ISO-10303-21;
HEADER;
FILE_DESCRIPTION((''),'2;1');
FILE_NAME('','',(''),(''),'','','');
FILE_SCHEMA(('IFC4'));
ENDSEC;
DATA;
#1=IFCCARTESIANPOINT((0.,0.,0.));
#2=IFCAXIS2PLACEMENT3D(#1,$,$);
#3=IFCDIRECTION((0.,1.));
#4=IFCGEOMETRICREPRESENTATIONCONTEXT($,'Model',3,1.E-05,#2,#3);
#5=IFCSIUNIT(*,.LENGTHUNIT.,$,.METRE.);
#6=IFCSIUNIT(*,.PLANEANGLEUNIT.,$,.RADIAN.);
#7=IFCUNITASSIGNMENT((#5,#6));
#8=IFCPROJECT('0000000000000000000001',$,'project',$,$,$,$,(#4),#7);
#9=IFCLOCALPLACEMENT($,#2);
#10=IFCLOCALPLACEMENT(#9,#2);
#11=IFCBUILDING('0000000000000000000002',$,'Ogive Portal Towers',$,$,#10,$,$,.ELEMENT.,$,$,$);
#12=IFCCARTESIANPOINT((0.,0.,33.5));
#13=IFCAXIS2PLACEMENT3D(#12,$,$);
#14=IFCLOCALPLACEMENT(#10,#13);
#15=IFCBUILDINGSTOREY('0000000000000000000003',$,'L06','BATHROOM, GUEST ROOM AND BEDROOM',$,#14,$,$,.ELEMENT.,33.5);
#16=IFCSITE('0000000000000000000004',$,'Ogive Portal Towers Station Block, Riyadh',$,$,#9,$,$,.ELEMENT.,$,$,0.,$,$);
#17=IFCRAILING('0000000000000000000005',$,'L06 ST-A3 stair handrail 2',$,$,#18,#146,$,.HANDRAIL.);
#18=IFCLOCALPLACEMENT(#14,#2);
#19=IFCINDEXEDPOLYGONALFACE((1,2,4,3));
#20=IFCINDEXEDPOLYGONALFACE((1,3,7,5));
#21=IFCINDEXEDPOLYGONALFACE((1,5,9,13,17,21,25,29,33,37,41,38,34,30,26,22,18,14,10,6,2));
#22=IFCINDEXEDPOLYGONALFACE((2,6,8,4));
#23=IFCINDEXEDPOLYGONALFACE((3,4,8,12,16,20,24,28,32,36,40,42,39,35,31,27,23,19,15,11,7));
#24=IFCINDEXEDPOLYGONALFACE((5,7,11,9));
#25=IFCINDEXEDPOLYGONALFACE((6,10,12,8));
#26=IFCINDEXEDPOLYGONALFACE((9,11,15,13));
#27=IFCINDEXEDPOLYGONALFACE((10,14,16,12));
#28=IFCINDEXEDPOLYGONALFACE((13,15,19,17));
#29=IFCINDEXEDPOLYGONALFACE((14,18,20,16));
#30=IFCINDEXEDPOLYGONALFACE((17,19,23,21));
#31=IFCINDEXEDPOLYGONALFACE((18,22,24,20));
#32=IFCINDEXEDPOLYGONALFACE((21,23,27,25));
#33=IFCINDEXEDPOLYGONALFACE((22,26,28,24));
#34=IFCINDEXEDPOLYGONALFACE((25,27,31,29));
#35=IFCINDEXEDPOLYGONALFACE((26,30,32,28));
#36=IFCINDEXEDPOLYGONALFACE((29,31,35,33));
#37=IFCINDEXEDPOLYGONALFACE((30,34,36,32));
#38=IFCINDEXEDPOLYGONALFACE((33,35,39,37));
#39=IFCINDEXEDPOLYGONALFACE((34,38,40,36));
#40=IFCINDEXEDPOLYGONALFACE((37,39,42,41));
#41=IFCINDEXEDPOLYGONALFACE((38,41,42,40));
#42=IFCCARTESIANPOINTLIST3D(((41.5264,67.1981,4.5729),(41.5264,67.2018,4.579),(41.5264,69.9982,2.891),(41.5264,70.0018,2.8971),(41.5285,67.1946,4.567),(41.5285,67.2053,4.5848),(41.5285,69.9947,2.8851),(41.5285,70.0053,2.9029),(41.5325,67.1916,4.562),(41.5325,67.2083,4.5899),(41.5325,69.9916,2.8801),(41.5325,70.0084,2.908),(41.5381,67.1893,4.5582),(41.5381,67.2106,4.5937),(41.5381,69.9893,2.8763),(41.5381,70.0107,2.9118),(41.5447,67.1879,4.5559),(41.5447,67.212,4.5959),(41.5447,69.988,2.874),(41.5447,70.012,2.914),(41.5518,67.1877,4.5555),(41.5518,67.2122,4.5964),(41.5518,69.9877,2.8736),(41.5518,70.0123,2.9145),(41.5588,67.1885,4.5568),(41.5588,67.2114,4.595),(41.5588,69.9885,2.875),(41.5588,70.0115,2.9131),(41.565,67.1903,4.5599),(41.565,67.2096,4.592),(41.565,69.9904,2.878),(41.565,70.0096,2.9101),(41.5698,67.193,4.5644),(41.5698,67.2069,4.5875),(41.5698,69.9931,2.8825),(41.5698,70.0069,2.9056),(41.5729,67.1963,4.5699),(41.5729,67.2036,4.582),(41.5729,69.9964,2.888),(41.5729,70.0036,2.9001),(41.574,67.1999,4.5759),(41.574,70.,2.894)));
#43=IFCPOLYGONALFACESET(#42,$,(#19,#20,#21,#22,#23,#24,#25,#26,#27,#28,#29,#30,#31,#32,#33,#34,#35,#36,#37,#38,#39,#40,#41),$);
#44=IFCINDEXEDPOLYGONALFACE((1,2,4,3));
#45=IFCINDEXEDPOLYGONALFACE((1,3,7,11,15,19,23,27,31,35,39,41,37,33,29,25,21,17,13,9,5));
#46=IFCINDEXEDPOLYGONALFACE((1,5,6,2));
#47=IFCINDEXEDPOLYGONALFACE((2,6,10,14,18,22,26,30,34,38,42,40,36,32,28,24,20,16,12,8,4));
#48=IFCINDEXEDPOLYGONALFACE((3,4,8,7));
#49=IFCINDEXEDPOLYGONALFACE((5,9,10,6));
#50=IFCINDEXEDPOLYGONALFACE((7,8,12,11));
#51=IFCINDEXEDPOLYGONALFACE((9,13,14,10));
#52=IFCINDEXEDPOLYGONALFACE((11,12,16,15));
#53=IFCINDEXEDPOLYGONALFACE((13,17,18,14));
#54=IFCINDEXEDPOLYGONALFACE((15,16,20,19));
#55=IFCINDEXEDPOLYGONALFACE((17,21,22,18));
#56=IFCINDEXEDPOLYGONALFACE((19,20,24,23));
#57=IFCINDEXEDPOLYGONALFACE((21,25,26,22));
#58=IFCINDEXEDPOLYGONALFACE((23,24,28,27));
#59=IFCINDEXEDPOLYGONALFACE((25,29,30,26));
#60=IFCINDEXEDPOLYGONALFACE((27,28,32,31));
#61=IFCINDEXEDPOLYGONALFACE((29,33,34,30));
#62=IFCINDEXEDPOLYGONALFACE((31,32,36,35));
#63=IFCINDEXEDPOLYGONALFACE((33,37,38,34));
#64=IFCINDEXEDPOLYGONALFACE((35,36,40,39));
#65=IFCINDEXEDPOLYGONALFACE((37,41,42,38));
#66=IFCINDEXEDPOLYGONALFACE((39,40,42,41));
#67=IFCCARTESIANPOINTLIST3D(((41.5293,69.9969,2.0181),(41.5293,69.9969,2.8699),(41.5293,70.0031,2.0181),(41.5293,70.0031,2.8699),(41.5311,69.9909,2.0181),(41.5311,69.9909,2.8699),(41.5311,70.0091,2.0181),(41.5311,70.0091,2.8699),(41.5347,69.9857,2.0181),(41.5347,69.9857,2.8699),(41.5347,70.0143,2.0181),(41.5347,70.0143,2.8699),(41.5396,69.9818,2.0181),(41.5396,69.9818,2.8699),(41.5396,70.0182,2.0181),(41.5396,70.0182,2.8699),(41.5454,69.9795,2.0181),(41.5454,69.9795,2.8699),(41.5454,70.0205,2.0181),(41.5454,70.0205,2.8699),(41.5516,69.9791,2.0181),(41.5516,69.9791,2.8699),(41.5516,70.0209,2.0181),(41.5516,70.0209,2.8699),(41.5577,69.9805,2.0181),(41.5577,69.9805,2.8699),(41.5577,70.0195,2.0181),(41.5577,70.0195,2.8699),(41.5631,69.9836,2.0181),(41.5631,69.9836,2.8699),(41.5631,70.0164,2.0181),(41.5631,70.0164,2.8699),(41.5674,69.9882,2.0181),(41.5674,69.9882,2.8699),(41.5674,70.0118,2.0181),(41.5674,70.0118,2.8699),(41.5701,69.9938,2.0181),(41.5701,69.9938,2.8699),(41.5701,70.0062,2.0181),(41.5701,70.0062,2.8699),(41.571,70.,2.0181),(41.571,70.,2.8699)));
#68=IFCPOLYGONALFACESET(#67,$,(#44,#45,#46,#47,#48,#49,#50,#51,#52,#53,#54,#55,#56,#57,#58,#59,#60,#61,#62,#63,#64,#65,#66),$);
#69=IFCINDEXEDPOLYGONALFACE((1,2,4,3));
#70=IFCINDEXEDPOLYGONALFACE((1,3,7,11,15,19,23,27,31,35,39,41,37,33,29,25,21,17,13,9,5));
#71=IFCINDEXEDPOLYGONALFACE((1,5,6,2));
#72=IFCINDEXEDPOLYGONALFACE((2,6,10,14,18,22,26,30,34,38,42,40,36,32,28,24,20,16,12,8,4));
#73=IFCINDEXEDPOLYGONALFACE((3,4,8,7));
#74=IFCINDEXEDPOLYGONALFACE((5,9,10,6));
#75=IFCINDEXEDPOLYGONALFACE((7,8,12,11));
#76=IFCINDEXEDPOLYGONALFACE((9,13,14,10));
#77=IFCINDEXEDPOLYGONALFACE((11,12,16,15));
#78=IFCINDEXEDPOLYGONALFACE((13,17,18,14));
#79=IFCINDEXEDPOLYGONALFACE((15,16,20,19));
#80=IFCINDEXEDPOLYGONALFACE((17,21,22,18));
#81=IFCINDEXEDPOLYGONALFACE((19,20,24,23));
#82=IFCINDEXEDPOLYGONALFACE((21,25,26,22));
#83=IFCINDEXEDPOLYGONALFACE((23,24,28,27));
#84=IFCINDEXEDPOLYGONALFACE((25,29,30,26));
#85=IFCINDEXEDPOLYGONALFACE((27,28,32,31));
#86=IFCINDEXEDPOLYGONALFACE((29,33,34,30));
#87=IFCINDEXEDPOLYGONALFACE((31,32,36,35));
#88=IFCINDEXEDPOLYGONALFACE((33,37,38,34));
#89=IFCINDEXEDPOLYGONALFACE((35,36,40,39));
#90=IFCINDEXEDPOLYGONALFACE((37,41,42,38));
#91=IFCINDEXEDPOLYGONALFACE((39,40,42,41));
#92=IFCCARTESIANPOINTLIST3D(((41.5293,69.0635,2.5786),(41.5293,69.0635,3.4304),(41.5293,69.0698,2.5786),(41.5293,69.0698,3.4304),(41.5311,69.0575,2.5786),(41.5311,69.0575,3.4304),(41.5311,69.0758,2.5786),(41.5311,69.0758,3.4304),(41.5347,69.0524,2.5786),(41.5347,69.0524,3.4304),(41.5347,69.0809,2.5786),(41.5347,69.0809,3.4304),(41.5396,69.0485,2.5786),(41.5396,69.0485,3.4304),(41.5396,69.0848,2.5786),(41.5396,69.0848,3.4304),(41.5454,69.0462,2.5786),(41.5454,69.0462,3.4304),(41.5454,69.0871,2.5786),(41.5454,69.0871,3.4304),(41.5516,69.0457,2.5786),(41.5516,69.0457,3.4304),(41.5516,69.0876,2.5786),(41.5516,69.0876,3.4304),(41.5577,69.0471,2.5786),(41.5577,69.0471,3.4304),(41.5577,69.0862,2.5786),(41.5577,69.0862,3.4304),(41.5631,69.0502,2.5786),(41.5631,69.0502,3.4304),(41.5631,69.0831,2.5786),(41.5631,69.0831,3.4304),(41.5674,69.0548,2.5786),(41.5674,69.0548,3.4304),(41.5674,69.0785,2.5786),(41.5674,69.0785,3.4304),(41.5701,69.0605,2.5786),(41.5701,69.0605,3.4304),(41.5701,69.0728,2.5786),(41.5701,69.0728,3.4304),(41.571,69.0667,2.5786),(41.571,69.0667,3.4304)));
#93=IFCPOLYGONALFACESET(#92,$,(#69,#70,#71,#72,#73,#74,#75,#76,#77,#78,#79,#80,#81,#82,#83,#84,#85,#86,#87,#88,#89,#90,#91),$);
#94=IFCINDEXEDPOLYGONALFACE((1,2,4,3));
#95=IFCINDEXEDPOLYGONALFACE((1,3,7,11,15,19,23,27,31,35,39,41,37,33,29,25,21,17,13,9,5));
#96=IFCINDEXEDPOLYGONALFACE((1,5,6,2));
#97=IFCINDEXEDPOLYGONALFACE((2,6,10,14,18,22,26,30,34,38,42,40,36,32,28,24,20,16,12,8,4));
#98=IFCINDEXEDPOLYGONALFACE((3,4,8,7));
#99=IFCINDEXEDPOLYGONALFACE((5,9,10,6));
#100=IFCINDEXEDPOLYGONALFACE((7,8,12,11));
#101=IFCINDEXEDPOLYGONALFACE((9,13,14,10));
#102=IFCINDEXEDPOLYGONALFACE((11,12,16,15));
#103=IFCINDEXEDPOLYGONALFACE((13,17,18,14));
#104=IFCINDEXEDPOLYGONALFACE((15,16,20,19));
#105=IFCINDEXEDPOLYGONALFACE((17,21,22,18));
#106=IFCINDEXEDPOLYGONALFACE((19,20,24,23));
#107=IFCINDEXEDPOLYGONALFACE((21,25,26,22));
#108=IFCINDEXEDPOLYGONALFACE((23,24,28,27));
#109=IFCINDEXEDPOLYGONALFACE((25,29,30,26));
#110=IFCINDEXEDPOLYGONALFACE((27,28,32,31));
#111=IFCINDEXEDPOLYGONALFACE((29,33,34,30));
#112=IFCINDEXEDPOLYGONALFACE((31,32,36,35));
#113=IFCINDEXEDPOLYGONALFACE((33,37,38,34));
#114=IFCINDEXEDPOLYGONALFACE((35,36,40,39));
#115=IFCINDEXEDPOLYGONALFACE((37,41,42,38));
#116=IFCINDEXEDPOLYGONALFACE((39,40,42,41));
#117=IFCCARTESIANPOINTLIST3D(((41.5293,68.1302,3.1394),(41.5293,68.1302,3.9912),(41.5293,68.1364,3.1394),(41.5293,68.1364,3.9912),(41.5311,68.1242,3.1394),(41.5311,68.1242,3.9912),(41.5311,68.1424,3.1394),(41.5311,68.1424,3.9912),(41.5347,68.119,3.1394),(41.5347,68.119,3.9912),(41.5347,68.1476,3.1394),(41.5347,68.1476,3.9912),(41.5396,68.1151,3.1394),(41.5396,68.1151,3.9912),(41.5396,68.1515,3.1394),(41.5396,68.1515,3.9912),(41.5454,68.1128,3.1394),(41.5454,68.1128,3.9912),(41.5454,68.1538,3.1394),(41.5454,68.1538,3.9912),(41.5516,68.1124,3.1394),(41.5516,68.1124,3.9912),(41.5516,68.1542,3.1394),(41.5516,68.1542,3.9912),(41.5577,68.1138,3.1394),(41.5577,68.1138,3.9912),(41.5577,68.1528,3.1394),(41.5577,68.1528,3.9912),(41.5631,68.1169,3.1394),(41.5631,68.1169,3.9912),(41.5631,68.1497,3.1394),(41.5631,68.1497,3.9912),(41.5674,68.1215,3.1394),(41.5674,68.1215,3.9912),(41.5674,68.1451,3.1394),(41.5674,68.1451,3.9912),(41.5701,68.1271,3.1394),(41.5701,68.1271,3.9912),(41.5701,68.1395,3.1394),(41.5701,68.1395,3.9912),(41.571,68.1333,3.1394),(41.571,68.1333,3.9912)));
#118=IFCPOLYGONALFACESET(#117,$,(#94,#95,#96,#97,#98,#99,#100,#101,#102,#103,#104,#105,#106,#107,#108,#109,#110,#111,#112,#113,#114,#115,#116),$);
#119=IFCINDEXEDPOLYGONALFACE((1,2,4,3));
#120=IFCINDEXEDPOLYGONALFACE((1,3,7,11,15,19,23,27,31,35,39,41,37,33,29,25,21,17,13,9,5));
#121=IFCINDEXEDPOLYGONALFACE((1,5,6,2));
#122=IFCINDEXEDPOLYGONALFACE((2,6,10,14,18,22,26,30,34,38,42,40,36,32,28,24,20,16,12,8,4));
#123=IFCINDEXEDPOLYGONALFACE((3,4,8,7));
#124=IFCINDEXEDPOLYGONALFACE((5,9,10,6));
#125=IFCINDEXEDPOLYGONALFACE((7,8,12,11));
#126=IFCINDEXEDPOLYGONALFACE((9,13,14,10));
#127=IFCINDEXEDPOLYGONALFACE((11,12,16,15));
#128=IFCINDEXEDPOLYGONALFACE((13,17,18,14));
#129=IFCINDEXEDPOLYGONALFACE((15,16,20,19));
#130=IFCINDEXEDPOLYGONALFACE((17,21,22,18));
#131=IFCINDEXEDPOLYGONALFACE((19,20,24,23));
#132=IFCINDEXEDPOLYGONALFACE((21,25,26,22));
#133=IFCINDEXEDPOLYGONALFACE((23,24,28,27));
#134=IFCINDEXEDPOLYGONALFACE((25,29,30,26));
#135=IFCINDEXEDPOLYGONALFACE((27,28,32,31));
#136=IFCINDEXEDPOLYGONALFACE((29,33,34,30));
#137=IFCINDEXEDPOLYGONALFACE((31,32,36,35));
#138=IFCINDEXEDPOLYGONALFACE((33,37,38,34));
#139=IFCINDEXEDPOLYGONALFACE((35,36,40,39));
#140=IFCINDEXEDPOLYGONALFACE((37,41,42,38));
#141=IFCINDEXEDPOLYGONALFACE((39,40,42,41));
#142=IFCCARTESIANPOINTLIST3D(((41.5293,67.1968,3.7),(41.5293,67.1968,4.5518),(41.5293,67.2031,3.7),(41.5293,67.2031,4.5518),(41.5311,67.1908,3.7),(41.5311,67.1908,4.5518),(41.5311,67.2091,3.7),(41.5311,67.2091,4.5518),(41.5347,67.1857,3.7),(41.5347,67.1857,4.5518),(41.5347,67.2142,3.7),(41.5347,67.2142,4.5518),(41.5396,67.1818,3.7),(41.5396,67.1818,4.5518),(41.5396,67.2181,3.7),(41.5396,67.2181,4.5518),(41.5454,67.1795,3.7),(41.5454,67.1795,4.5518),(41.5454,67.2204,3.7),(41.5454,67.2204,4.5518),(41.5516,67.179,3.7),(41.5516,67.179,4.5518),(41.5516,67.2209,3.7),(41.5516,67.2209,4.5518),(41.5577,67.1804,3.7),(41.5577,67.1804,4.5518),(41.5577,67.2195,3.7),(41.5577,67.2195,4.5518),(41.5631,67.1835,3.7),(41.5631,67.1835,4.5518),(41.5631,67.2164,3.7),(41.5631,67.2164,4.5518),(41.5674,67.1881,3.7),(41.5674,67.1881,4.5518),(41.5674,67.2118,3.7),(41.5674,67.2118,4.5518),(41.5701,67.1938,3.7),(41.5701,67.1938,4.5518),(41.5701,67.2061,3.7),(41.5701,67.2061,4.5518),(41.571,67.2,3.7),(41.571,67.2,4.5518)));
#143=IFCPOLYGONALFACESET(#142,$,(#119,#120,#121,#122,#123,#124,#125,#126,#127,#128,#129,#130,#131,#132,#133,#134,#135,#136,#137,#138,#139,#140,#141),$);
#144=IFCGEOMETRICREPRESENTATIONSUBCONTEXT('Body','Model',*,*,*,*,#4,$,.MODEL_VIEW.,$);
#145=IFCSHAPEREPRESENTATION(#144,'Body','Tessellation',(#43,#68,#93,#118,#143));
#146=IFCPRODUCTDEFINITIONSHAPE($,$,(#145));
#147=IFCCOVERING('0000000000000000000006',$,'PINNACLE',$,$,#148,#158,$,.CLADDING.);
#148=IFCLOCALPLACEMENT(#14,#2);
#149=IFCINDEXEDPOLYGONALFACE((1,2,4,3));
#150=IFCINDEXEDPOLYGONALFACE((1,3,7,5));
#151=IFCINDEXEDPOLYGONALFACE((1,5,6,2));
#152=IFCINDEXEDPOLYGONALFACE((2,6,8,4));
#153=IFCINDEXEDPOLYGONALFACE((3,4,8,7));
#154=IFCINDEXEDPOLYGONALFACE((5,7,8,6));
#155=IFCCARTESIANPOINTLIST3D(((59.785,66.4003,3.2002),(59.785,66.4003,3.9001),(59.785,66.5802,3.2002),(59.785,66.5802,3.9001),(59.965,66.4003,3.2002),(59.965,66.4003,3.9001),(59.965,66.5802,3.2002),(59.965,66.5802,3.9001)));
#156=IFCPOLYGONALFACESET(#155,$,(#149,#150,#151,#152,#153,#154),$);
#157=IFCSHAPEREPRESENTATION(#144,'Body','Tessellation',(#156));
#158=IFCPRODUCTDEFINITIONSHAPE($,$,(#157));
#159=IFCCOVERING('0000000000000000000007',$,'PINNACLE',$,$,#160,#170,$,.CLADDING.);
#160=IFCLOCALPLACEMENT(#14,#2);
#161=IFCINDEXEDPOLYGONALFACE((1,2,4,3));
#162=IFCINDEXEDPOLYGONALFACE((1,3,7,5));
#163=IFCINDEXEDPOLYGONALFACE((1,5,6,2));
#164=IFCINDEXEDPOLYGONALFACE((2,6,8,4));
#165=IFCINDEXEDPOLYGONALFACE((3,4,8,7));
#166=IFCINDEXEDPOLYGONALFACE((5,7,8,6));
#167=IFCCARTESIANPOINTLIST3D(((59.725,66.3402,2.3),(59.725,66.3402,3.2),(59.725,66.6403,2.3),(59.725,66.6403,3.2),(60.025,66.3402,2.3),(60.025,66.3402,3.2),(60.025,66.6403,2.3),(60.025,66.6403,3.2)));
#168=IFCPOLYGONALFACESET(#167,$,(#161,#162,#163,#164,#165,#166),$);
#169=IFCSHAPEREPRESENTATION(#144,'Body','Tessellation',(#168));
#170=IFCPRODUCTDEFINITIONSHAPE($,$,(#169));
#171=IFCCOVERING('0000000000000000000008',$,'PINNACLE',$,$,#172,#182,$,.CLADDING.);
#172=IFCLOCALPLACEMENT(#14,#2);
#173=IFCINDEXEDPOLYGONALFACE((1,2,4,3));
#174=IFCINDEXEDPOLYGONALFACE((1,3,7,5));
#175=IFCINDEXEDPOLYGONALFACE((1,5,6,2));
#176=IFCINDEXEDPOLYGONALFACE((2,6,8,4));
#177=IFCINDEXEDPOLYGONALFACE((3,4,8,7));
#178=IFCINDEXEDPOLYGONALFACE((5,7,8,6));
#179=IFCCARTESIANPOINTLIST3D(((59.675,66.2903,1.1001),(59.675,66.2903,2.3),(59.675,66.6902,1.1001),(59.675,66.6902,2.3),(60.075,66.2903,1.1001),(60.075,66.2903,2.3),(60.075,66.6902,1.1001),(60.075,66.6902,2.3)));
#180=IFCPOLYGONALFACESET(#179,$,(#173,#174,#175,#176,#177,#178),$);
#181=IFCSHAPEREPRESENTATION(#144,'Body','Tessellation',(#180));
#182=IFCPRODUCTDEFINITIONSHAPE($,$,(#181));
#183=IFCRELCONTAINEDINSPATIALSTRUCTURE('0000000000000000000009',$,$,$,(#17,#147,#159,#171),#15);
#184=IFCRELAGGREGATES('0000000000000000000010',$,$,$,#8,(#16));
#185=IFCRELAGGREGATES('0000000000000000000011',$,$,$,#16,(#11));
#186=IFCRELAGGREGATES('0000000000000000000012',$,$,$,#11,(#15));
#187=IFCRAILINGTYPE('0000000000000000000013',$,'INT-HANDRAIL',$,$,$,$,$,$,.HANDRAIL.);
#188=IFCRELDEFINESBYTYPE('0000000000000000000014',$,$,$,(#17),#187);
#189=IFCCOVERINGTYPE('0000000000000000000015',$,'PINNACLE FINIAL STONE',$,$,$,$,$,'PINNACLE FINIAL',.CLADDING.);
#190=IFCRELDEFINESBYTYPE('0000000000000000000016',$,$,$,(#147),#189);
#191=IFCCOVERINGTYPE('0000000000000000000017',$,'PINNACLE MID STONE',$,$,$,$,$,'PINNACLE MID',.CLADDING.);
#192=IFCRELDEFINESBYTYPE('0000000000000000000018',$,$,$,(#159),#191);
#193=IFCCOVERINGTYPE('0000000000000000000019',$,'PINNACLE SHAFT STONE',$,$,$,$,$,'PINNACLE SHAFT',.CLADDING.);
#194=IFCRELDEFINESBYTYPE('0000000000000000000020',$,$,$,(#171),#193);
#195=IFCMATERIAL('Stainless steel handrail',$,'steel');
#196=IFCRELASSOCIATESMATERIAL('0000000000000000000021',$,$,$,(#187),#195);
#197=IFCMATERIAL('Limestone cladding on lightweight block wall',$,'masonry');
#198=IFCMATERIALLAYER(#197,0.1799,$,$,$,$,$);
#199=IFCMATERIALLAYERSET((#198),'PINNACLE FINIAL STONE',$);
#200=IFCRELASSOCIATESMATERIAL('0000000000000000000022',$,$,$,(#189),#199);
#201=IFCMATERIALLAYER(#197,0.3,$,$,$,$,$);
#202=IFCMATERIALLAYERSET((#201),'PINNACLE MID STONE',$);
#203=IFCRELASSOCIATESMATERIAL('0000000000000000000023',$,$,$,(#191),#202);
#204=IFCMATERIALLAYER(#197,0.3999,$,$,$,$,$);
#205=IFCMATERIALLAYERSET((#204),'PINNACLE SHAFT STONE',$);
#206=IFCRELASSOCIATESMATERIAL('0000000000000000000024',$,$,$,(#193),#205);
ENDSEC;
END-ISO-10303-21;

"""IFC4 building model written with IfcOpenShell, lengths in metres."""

from ifc_helpers import new_model, si_unit, direction, frame, origin, origin_2d, place, context, subcontext, project, spatial, rectangle, circle, extrude, material, layer, layer_set, type_object, element, save


model = new_model("IFC4")

# Units and contexts
model_context = context("Model", 3, precision=1e-05, world=origin(), true_north=direction((0.0, 1.0)))
body_context = subcontext(model_context, "Body", "Model", "MODEL_VIEW")
ifc_project = project(units=[si_unit("LENGTHUNIT", "METRE"), si_unit("PLANEANGLEUNIT", "RADIAN")], contexts=[model_context])

# Site, building, storey
site_placement = place(None, origin())
site = spatial("IfcSite", under=ifc_project, at=site_placement, Name="Ogive Portal Towers Station Block, Riyadh", CompositionType="ELEMENT", RefElevation=0.0)
building_placement = place(site_placement, origin())
building = spatial("IfcBuilding", under=site, at=building_placement, Name="Ogive Portal Towers", CompositionType="ELEMENT")
storey_placement = place(building_placement, frame((0.0, 0.0, 33.5)))
storey = spatial("IfcBuildingStorey", under=building, at=storey_placement, Name="L06", Description="BATHROOM, GUEST ROOM AND BEDROOM", CompositionType="ELEMENT", Elevation=33.5)

# Railing
ifc_material_1 = material(Name="Stainless steel handrail", Category="steel")
railing_type_1 = type_object("IfcRailingType", Name="INT-HANDRAIL", PredefinedType="HANDRAIL", material=ifc_material_1)
railing_1_placement = place(storey_placement, frame((41.55, 70.0, 2.0181)))
element("IfcRailing", 1, at=railing_1_placement, inside=storey, type_object=railing_type_1, Name="L06 ST-A3 stair handrail 2", PredefinedType="HANDRAIL", context=body_context, shape_type="SweptSolid", body=[
    extrude(circle(Radius=0.0239, at=origin_2d()), frame((0.0, 0.0, 0.876), z_axis=(0.0, -0.857242, 0.514913), x_axis=(1.0, 0.0, 0.0)), (0.0, 0.0, 1.0), 3.2664),
    extrude(circle(Radius=0.021, at=origin_2d()), origin(), (0.0, 0.0, 1.0), 0.8518),
    extrude(circle(Radius=0.021, at=origin_2d()), frame((0.0, -0.9333, 0.5605)), (0.0, 0.0, 1.0), 0.8518),
    extrude(circle(Radius=0.021, at=origin_2d()), frame((0.0, -1.8667, 1.1213)), (0.0, 0.0, 1.0), 0.8518),
    extrude(circle(Radius=0.021, at=origin_2d()), frame((0.0, -2.8, 1.6819)), (0.0, 0.0, 1.0), 0.8518),
])

# Coverings
ifc_material_2 = material(Name="Limestone cladding on lightweight block wall", Category="masonry")
ifc_layer_1 = layer(ifc_material_2, 0.1799)
ifc_layer_set_1 = layer_set([ifc_layer_1], Name="PINNACLE FINIAL STONE")
covering_type_1 = type_object("IfcCoveringType", Name="PINNACLE FINIAL STONE", ElementType="PINNACLE FINIAL", PredefinedType="CLADDING", material=ifc_layer_set_1)
covering_1_placement = place(storey_placement, frame((59.875, 66.4902, 3.2002), z_axis=(0.0, 0.0, 1.0), x_axis=(1.0, 0.0, 0.0)))
element("IfcCovering", 2, at=covering_1_placement, inside=storey, type_object=covering_type_1, Name="PINNACLE", PredefinedType="CLADDING", context=body_context, shape_type="SweptSolid", body=[
    extrude(rectangle(XDim=0.1799, YDim=0.1799, at=origin_2d()), origin(), (0.0, 0.0, 1.0), 0.7),
])
ifc_layer_2 = layer(ifc_material_2, 0.3)
ifc_layer_set_2 = layer_set([ifc_layer_2], Name="PINNACLE MID STONE")
covering_type_2 = type_object("IfcCoveringType", Name="PINNACLE MID STONE", ElementType="PINNACLE MID", PredefinedType="CLADDING", material=ifc_layer_set_2)
covering_2_placement = place(storey_placement, frame((59.875, 66.4902, 2.3), z_axis=(0.0, 0.0, 1.0), x_axis=(1.0, 0.0, 0.0)))
element("IfcCovering", 3, at=covering_2_placement, inside=storey, type_object=covering_type_2, Name="PINNACLE", PredefinedType="CLADDING", context=body_context, shape_type="SweptSolid", body=[
    extrude(rectangle(XDim=0.3, YDim=0.3, at=origin_2d()), origin(), (0.0, 0.0, 1.0), 0.8999),
])
ifc_layer_3 = layer(ifc_material_2, 0.3999)
ifc_layer_set_3 = layer_set([ifc_layer_3], Name="PINNACLE SHAFT STONE")
covering_type_3 = type_object("IfcCoveringType", Name="PINNACLE SHAFT STONE", ElementType="PINNACLE SHAFT", PredefinedType="CLADDING", material=ifc_layer_set_3)
covering_3_placement = place(storey_placement, frame((59.875, 66.4902, 1.1001), z_axis=(0.0, 0.0, 1.0), x_axis=(1.0, 0.0, 0.0)))
element("IfcCovering", 4, at=covering_3_placement, inside=storey, type_object=covering_type_3, Name="PINNACLE", PredefinedType="CLADDING", context=body_context, shape_type="SweptSolid", body=[
    extrude(rectangle(XDim=0.3999, YDim=0.3999, at=origin_2d()), origin(), (0.0, 0.0, 1.0), 1.2),
])

save(model, "model.ifc")
